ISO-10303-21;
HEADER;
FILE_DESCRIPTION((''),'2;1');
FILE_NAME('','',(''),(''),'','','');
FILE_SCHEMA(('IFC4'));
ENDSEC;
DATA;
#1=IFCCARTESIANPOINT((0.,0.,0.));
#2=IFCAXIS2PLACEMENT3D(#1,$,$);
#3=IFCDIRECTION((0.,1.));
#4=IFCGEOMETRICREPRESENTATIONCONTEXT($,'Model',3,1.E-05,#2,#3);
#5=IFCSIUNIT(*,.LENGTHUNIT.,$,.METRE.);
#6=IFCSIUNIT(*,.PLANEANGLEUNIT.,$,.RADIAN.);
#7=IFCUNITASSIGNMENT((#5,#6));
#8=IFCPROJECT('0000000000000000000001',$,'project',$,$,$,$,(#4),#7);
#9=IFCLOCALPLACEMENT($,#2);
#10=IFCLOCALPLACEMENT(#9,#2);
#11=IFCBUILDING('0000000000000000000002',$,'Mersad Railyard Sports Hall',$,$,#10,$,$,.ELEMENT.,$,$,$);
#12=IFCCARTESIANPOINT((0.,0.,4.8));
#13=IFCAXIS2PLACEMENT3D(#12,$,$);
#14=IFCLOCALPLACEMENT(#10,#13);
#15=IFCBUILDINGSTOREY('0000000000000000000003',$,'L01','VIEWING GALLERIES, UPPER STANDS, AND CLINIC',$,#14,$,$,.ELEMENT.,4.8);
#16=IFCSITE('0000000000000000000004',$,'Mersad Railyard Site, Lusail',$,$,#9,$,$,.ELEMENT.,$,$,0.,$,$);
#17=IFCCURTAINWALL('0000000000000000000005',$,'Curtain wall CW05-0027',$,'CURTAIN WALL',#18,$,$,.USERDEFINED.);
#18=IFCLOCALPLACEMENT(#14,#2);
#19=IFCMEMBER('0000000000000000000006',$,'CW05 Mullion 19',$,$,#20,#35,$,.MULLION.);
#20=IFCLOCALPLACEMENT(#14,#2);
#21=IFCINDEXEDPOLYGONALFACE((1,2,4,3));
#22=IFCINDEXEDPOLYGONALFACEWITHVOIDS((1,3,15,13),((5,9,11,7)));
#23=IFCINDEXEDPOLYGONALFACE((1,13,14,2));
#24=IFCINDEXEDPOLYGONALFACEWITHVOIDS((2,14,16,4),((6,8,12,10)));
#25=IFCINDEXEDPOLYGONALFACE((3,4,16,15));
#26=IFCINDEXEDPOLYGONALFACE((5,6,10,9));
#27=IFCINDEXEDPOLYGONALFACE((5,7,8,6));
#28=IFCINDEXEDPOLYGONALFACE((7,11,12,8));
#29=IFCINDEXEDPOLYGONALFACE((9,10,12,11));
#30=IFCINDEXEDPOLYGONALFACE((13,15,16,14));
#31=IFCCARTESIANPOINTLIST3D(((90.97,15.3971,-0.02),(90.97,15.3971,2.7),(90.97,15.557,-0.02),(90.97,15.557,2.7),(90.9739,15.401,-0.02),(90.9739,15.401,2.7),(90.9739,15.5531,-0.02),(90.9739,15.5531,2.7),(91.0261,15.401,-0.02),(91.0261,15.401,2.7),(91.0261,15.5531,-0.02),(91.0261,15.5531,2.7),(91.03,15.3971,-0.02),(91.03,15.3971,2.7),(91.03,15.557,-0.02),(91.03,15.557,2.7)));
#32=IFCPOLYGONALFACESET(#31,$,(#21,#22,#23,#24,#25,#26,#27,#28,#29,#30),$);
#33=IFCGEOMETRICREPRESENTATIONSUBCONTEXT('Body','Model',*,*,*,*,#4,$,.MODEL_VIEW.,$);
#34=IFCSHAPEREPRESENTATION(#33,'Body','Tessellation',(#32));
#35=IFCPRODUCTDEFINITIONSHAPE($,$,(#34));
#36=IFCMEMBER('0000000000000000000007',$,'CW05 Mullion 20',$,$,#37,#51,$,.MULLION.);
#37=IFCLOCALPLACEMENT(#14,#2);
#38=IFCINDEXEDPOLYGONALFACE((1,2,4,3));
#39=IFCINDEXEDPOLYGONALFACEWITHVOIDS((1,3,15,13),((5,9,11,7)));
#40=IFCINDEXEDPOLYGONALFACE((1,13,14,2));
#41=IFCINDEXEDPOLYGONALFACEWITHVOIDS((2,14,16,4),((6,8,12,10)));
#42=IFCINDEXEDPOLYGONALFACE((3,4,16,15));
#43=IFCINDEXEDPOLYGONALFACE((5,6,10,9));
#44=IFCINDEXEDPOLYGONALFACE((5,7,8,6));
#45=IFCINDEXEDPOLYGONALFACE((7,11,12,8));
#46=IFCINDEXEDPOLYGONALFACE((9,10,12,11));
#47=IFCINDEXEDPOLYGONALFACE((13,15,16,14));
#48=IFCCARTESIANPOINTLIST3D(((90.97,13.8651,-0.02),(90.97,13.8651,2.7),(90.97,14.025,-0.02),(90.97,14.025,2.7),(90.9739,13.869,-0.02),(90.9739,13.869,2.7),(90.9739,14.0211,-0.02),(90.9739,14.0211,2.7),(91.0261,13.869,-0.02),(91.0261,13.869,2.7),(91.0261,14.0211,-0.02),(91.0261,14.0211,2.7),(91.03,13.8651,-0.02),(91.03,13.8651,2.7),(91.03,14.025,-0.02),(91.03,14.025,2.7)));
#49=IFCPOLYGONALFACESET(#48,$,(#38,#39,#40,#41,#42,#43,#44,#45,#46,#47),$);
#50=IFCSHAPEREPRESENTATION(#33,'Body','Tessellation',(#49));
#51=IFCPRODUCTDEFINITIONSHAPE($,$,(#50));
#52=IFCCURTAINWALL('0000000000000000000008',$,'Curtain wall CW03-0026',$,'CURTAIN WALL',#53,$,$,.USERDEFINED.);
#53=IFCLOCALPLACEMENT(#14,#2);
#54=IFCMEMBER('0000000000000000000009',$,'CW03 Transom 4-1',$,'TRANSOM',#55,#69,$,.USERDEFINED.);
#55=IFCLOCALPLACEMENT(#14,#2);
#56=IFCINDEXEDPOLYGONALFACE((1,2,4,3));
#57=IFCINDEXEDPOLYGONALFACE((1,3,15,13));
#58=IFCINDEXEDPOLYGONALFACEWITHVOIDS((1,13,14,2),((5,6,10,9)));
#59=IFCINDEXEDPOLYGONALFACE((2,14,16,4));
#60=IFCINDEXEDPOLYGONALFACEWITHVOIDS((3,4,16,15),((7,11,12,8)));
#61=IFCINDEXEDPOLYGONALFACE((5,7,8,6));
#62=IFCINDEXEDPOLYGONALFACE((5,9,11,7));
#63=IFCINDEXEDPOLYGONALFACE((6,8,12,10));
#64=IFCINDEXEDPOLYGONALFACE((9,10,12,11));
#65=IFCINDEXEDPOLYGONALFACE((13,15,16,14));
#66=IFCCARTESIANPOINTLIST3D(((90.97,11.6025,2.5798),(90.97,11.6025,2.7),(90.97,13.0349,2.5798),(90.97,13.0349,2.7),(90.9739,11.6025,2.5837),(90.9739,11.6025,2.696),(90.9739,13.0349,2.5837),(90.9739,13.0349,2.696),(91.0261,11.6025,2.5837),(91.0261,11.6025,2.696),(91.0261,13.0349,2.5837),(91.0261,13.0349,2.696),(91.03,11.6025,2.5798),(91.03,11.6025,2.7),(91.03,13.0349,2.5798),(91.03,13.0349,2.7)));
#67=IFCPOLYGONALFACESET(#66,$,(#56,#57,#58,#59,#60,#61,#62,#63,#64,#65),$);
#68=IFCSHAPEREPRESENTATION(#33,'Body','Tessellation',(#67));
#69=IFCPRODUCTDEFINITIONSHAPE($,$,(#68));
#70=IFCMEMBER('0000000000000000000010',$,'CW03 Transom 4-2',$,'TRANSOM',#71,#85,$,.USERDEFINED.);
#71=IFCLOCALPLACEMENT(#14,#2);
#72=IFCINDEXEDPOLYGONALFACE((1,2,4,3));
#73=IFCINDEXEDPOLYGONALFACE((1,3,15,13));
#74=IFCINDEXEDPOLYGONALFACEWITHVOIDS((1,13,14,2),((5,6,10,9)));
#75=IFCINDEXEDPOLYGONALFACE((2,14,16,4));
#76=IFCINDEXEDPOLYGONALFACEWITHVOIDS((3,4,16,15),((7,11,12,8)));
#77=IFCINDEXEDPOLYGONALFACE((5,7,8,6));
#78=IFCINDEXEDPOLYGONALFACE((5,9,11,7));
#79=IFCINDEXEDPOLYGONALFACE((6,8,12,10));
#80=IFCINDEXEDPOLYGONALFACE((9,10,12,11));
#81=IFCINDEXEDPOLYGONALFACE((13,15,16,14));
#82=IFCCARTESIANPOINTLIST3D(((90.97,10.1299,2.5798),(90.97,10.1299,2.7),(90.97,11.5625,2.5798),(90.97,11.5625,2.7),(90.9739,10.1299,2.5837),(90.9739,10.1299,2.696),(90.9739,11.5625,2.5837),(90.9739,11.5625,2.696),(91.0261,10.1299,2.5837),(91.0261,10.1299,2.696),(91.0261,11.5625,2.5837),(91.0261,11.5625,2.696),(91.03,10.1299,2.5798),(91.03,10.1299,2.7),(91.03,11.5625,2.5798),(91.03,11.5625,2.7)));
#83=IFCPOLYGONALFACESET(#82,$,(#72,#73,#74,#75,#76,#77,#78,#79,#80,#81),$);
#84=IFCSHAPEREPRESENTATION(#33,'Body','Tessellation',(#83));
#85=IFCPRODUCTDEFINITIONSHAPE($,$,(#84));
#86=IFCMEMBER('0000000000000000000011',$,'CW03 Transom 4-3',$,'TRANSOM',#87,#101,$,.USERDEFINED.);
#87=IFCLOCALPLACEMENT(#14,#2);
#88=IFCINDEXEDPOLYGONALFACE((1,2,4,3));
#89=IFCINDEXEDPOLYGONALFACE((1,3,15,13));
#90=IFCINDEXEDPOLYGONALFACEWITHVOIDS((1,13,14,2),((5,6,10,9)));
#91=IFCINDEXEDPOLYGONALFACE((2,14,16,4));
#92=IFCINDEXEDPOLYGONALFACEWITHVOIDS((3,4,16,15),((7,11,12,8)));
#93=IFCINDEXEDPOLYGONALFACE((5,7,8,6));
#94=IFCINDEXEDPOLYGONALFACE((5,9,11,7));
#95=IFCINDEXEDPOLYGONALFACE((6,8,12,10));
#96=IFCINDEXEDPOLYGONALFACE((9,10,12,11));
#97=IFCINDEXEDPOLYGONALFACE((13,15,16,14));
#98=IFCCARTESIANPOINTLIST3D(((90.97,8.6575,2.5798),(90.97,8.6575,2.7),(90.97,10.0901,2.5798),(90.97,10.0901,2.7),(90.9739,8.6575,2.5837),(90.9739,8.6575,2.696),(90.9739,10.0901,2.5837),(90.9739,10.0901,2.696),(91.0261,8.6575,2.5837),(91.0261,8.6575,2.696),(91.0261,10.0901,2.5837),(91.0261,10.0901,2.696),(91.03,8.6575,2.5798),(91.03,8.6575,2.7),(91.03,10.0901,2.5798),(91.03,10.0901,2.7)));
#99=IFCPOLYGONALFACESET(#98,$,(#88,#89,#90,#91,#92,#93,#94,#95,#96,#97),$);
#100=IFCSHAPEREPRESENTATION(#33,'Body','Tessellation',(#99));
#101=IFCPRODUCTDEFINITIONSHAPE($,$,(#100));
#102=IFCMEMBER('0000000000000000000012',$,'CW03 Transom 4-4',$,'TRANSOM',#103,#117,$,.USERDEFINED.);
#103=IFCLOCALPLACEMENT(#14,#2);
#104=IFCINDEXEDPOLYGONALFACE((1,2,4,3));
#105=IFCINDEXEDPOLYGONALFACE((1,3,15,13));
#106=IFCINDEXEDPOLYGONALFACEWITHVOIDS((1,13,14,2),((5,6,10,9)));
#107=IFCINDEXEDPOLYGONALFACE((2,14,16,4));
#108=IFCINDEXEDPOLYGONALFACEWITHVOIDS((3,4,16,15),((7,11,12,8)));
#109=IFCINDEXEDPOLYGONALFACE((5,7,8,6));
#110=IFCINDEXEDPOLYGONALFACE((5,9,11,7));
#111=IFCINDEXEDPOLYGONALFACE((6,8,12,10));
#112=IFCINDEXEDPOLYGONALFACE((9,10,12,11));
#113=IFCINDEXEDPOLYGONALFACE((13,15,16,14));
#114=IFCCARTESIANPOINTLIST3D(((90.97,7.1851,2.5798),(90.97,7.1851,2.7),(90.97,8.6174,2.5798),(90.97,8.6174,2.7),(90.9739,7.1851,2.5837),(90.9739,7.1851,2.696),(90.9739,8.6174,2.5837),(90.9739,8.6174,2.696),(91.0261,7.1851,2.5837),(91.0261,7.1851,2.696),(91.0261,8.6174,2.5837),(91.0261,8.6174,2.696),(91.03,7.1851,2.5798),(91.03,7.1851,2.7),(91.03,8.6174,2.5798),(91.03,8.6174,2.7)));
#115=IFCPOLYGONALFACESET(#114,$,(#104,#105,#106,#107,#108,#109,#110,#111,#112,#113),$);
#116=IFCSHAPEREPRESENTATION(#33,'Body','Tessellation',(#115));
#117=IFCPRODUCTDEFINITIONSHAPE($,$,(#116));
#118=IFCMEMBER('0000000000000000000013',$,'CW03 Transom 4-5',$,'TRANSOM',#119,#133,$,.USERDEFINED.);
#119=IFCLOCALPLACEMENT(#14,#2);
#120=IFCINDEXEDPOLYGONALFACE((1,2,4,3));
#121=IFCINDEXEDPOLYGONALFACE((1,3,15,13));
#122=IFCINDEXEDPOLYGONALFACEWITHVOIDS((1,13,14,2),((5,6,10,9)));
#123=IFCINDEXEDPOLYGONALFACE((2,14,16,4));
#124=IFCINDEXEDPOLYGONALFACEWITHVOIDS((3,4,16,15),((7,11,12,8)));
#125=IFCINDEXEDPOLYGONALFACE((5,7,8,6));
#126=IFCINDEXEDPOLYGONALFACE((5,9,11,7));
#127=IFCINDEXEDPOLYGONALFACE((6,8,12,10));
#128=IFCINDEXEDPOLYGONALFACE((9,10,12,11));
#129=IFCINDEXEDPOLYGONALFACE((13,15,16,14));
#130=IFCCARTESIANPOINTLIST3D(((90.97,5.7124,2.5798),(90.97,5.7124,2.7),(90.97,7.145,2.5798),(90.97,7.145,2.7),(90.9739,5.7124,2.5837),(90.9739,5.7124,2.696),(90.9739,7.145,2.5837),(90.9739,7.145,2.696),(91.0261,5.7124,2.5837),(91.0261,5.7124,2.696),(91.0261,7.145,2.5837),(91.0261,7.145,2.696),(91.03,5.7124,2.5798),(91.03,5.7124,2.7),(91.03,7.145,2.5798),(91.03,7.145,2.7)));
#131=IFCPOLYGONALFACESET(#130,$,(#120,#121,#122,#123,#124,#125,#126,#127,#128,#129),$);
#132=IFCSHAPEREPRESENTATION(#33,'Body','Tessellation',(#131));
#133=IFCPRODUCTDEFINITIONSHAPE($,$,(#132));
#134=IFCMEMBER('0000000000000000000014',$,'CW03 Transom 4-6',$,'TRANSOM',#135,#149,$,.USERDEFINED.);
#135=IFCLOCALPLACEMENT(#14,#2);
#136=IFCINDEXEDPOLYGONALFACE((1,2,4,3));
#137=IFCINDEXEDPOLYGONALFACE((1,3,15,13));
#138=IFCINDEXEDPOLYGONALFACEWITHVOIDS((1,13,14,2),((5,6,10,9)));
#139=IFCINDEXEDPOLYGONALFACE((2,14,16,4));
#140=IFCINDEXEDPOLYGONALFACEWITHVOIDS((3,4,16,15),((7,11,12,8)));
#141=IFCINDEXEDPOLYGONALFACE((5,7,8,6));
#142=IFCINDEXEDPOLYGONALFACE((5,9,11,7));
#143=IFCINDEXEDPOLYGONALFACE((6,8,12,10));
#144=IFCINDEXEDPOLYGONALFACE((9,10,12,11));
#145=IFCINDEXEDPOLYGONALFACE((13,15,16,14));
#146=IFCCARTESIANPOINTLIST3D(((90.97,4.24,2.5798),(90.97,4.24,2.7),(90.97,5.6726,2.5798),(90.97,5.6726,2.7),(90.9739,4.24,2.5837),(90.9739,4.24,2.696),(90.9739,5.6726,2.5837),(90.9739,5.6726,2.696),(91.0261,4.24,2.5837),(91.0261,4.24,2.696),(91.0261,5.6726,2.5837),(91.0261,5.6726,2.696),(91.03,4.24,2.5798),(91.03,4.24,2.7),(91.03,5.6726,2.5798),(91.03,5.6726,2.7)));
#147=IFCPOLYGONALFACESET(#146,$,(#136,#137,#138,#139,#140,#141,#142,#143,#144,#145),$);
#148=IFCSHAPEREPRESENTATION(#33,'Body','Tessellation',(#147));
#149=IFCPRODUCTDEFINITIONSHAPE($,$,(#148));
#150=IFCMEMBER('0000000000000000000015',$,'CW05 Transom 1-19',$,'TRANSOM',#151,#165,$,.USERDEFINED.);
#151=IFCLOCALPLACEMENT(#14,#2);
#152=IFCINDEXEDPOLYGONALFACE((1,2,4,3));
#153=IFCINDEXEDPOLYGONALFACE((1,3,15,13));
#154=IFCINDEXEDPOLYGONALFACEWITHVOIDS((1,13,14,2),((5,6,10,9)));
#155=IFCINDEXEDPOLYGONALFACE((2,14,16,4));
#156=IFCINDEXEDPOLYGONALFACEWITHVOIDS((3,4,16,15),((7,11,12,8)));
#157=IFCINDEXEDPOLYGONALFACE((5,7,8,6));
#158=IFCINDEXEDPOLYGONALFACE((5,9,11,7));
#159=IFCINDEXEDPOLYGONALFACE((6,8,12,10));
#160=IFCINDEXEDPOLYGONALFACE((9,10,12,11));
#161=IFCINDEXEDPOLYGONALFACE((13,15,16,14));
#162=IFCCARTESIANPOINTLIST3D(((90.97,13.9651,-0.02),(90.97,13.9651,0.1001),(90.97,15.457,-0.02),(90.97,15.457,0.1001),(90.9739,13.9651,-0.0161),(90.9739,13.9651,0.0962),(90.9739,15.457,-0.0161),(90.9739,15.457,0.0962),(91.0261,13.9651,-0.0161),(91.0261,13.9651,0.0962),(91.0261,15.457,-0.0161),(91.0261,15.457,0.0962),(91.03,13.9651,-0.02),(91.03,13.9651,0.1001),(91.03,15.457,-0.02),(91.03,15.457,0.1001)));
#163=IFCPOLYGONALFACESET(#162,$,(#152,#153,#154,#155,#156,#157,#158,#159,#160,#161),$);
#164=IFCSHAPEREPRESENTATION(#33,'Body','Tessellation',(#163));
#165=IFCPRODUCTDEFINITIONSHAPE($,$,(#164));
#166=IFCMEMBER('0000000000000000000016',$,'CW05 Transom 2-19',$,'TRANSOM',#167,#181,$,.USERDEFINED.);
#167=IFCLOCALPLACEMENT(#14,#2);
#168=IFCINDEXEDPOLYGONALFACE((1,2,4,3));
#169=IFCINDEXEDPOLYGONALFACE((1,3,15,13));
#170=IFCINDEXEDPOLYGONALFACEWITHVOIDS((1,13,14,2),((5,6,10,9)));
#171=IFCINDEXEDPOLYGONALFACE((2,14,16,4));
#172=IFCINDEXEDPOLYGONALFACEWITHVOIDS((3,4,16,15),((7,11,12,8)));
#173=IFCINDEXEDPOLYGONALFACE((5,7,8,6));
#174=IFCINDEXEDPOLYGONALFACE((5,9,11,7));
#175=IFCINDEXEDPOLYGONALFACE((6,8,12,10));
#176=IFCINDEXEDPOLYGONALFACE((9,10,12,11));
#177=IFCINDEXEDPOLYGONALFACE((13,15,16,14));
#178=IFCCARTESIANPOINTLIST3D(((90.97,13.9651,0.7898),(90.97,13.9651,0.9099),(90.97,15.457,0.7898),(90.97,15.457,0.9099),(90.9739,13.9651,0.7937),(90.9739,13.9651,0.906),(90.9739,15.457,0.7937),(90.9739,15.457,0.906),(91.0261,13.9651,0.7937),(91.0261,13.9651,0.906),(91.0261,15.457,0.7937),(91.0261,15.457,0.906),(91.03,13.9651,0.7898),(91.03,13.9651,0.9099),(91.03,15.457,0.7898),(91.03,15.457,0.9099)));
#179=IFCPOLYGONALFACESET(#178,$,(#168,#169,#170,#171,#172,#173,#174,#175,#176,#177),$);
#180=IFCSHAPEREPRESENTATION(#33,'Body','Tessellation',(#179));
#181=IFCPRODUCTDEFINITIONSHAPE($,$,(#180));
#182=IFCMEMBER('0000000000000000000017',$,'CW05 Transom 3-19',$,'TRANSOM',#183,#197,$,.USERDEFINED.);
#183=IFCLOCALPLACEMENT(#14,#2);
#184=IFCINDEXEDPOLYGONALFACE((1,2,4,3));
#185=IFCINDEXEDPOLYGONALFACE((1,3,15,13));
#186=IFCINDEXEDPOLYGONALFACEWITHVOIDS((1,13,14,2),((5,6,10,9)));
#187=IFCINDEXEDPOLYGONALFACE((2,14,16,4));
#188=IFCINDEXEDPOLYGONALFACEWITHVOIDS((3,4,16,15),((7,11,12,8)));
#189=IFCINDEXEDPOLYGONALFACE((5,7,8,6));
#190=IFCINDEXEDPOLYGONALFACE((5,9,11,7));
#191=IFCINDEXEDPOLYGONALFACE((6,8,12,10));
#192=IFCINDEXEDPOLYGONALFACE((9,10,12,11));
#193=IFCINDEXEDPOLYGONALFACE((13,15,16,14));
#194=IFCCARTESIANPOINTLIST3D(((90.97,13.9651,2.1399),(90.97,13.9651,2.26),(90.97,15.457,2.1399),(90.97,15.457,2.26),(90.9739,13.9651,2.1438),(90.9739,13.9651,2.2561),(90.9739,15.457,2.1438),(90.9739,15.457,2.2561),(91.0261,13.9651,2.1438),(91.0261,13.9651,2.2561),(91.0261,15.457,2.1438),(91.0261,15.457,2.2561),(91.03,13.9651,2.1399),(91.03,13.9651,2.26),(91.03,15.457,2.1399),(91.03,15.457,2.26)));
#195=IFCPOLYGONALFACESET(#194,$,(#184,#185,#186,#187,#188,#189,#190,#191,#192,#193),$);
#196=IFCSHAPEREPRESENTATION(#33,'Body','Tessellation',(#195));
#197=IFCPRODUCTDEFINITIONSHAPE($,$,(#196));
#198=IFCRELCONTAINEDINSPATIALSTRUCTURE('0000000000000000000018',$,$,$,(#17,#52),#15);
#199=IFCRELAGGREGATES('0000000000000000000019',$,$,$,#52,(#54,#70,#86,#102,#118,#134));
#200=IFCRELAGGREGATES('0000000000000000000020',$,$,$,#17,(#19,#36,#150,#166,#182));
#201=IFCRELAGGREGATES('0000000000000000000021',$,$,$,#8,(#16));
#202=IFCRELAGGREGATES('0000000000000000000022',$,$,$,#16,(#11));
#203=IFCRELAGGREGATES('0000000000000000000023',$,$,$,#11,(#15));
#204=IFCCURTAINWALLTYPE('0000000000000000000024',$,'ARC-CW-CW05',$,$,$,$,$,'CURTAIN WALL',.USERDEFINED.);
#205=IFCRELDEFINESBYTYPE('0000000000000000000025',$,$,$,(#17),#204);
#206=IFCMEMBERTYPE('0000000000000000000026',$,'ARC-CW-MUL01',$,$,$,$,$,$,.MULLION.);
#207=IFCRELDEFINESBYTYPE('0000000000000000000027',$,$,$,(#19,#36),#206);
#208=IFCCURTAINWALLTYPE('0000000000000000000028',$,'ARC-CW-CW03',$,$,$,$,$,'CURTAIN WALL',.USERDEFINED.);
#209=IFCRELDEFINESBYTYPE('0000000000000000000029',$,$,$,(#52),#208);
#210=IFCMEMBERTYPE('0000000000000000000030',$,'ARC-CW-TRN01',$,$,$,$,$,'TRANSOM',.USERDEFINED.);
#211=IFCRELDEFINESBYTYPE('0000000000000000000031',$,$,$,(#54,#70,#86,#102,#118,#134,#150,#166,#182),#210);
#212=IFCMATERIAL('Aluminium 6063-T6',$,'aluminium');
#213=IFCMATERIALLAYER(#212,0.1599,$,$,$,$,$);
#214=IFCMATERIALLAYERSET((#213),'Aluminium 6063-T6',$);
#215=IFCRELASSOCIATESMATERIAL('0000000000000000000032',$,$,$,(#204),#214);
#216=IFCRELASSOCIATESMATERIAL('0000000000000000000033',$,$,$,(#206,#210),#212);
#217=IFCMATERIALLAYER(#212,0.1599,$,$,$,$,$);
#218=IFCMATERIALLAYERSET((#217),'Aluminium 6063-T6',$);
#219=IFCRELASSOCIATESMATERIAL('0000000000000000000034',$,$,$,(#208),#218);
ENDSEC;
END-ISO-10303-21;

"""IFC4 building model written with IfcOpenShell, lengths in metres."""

from ifc_helpers import new_model, si_unit, direction, frame, origin, origin_2d, place, context, subcontext, project, spatial, hollow_rectangle, extrude, material, layer, layer_set, material_profile, profile_set, type_object, element, aggregate, save


model = new_model("IFC4")

# Units and contexts
model_context = context("Model", 3, precision=1e-05, world=origin(), true_north=direction((0.0, 1.0)))
body_context = subcontext(model_context, "Body", "Model", "MODEL_VIEW")
ifc_project = project(units=[si_unit("LENGTHUNIT", "METRE"), si_unit("PLANEANGLEUNIT", "RADIAN")], contexts=[model_context])

# Site, building, storey
site_placement = place(None, origin())
site = spatial("IfcSite", under=ifc_project, at=site_placement, Name="Mersad Railyard Site, Lusail", CompositionType="ELEMENT", RefElevation=0.0)
building_placement = place(site_placement, origin())
building = spatial("IfcBuilding", under=site, at=building_placement, Name="Mersad Railyard Sports Hall", CompositionType="ELEMENT")
storey_placement = place(building_placement, frame((0.0, 0.0, 4.8)))
storey = spatial("IfcBuildingStorey", under=building, at=storey_placement, Name="L01", Description="VIEWING GALLERIES, UPPER STANDS, AND CLINIC", CompositionType="ELEMENT", Elevation=4.8)

# Curtain walls, members
ifc_material_1 = material(Name="Aluminium 6063-T6", Category="aluminium")
ifc_layer_1 = layer(ifc_material_1, 0.1599)
ifc_layer_set_1 = layer_set([ifc_layer_1], Name="Aluminium 6063-T6")
curtain_wall_type_1 = type_object("IfcCurtainWallType", Name="ARC-CW-CW05", ElementType="CURTAIN WALL", PredefinedType="USERDEFINED", material=ifc_layer_set_1)
curtain_wall_1_placement = place(storey_placement, origin())
curtain_wall_1 = element("IfcCurtainWall", 1, at=curtain_wall_1_placement, inside=storey, type_object=curtain_wall_type_1, Name="Curtain wall CW05-0027", ObjectType="CURTAIN WALL", PredefinedType="USERDEFINED")
ifc_material_profile_1 = material_profile(ifc_material_1, hollow_rectangle(XDim=0.0601, YDim=0.1599, WallThickness=0.0039, at=origin_2d()), Name="AL MULLION 60x160x4")
ifc_profile_set_1 = profile_set([ifc_material_profile_1], Name="Aluminium 6063-T6")
member_type_1 = type_object("IfcMemberType", Name="ARC-CW-MUL01", PredefinedType="MULLION", material=ifc_profile_set_1)
member_1_placement = place(storey_placement, frame((91.0, 15.4771, -0.02), z_axis=(0.0, 0.0, 1.0), x_axis=(1.0, 0.0, 0.0)))
member_1 = element("IfcMember", 2, at=member_1_placement, type_object=member_type_1, Name="CW05 Mullion 19", PredefinedType="MULLION", context=body_context, shape_type="SweptSolid", body=[
    extrude(hollow_rectangle(XDim=0.0601, YDim=0.1599, WallThickness=0.0039, at=origin_2d()), origin(), (0.0, 0.0, 1.0), 2.72),
])
member_2_placement = place(storey_placement, frame((91.0, 13.9451, -0.02), z_axis=(0.0, 0.0, 1.0), x_axis=(1.0, 0.0, 0.0)))
member_2 = element("IfcMember", 3, at=member_2_placement, type_object=member_type_1, Name="CW05 Mullion 20", PredefinedType="MULLION", context=body_context, shape_type="SweptSolid", body=[
    extrude(hollow_rectangle(XDim=0.0601, YDim=0.1599, WallThickness=0.0039, at=origin_2d()), origin(), (0.0, 0.0, 1.0), 2.72),
])
ifc_layer_2 = layer(ifc_material_1, 0.1599)
ifc_layer_set_2 = layer_set([ifc_layer_2], Name="Aluminium 6063-T6")
curtain_wall_type_2 = type_object("IfcCurtainWallType", Name="ARC-CW-CW03", ElementType="CURTAIN WALL", PredefinedType="USERDEFINED", material=ifc_layer_set_2)
curtain_wall_2_placement = place(storey_placement, origin())
curtain_wall_2 = element("IfcCurtainWall", 4, at=curtain_wall_2_placement, inside=storey, type_object=curtain_wall_type_2, Name="Curtain wall CW03-0026", ObjectType="CURTAIN WALL", PredefinedType="USERDEFINED")
ifc_material_profile_2 = material_profile(ifc_material_1, hollow_rectangle(XDim=0.0601, YDim=0.1201, WallThickness=0.0039, at=origin_2d()), Name="AL TRANSOM 60x120x4")
ifc_profile_set_2 = profile_set([ifc_material_profile_2], Name="Aluminium 6063-T6")
member_type_2 = type_object("IfcMemberType", Name="ARC-CW-TRN01", ElementType="TRANSOM", PredefinedType="USERDEFINED", material=ifc_profile_set_2)
member_3_placement = place(storey_placement, frame((91.0, 13.0349, 2.6399), z_axis=(0.0, -1.0, 0.0), x_axis=(1.0, 0.0, 0.0)))
member_3 = element("IfcMember", 5, at=member_3_placement, type_object=member_type_2, Name="CW03 Transom 4-1", ObjectType="TRANSOM", PredefinedType="USERDEFINED", context=body_context, shape_type="SweptSolid", body=[
    extrude(hollow_rectangle(XDim=0.0601, YDim=0.1201, WallThickness=0.0039, at=origin_2d()), origin(), (0.0, 0.0, 1.0), 1.4324),
])
member_4_placement = place(storey_placement, frame((91.0, 11.5625, 2.6399), z_axis=(0.0, -1.0, 0.0), x_axis=(1.0, 0.0, 0.0)))
member_4 = element("IfcMember", 6, at=member_4_placement, type_object=member_type_2, Name="CW03 Transom 4-2", ObjectType="TRANSOM", PredefinedType="USERDEFINED", context=body_context, shape_type="SweptSolid", body=[
    extrude(hollow_rectangle(XDim=0.0601, YDim=0.1201, WallThickness=0.0039, at=origin_2d()), origin(), (0.0, 0.0, 1.0), 1.4326),
])
member_5_placement = place(storey_placement, frame((91.0, 10.0901, 2.6399), z_axis=(0.0, -1.0, 0.0), x_axis=(1.0, 0.0, 0.0)))
member_5 = element("IfcMember", 7, at=member_5_placement, type_object=member_type_2, Name="CW03 Transom 4-3", ObjectType="TRANSOM", PredefinedType="USERDEFINED", context=body_context, shape_type="SweptSolid", body=[
    extrude(hollow_rectangle(XDim=0.0601, YDim=0.1201, WallThickness=0.0039, at=origin_2d()), origin(), (0.0, 0.0, 1.0), 1.4326),
])
member_6_placement = place(storey_placement, frame((91.0, 8.6174, 2.6399), z_axis=(0.0, -1.0, 0.0), x_axis=(1.0, 0.0, 0.0)))
member_6 = element("IfcMember", 8, at=member_6_placement, type_object=member_type_2, Name="CW03 Transom 4-4", ObjectType="TRANSOM", PredefinedType="USERDEFINED", context=body_context, shape_type="SweptSolid", body=[
    extrude(hollow_rectangle(XDim=0.0601, YDim=0.1201, WallThickness=0.0039, at=origin_2d()), origin(), (0.0, 0.0, 1.0), 1.4324),
])
member_7_placement = place(storey_placement, frame((91.0, 7.145, 2.6399), z_axis=(0.0, -1.0, 0.0), x_axis=(1.0, 0.0, 0.0)))
member_7 = element("IfcMember", 9, at=member_7_placement, type_object=member_type_2, Name="CW03 Transom 4-5", ObjectType="TRANSOM", PredefinedType="USERDEFINED", context=body_context, shape_type="SweptSolid", body=[
    extrude(hollow_rectangle(XDim=0.0601, YDim=0.1201, WallThickness=0.0039, at=origin_2d()), origin(), (0.0, 0.0, 1.0), 1.4326),
])
member_8_placement = place(storey_placement, frame((91.0, 5.6726, 2.6399), z_axis=(0.0, -1.0, 0.0), x_axis=(1.0, 0.0, 0.0)))
member_8 = element("IfcMember", 10, at=member_8_placement, type_object=member_type_2, Name="CW03 Transom 4-6", ObjectType="TRANSOM", PredefinedType="USERDEFINED", context=body_context, shape_type="SweptSolid", body=[
    extrude(hollow_rectangle(XDim=0.0601, YDim=0.1201, WallThickness=0.0039, at=origin_2d()), origin(), (0.0, 0.0, 1.0), 1.4326),
])

# Members
member_9_placement = place(storey_placement, frame((91.0, 15.457, 0.04), z_axis=(0.0, -1.0, 0.0), x_axis=(1.0, 0.0, 0.0)))
member_9 = element("IfcMember", 11, at=member_9_placement, type_object=member_type_2, Name="CW05 Transom 1-19", ObjectType="TRANSOM", PredefinedType="USERDEFINED", context=body_context, shape_type="SweptSolid", body=[
    extrude(hollow_rectangle(XDim=0.0601, YDim=0.1201, WallThickness=0.0039, at=origin_2d()), origin(), (0.0, 0.0, 1.0), 1.4919),
])
member_10_placement = place(storey_placement, frame((91.0, 15.457, 0.8499), z_axis=(0.0, -1.0, 0.0), x_axis=(1.0, 0.0, 0.0)))
member_10 = element("IfcMember", 12, at=member_10_placement, type_object=member_type_2, Name="CW05 Transom 2-19", ObjectType="TRANSOM", PredefinedType="USERDEFINED", context=body_context, shape_type="SweptSolid", body=[
    extrude(hollow_rectangle(XDim=0.0601, YDim=0.1201, WallThickness=0.0039, at=origin_2d()), origin(), (0.0, 0.0, 1.0), 1.4919),
])
member_11_placement = place(storey_placement, frame((91.0, 15.457, 2.2), z_axis=(0.0, -1.0, 0.0), x_axis=(1.0, 0.0, 0.0)))
member_11 = element("IfcMember", 13, at=member_11_placement, type_object=member_type_2, Name="CW05 Transom 3-19", ObjectType="TRANSOM", PredefinedType="USERDEFINED", context=body_context, shape_type="SweptSolid", body=[
    extrude(hollow_rectangle(XDim=0.0601, YDim=0.1201, WallThickness=0.0039, at=origin_2d()), origin(), (0.0, 0.0, 1.0), 1.4919),
])

aggregate(curtain_wall_2, [member_3, member_4, member_5, member_6, member_7, member_8])
aggregate(curtain_wall_1, [member_1, member_2, member_9, member_10, member_11])

save(model, "model.ifc")
